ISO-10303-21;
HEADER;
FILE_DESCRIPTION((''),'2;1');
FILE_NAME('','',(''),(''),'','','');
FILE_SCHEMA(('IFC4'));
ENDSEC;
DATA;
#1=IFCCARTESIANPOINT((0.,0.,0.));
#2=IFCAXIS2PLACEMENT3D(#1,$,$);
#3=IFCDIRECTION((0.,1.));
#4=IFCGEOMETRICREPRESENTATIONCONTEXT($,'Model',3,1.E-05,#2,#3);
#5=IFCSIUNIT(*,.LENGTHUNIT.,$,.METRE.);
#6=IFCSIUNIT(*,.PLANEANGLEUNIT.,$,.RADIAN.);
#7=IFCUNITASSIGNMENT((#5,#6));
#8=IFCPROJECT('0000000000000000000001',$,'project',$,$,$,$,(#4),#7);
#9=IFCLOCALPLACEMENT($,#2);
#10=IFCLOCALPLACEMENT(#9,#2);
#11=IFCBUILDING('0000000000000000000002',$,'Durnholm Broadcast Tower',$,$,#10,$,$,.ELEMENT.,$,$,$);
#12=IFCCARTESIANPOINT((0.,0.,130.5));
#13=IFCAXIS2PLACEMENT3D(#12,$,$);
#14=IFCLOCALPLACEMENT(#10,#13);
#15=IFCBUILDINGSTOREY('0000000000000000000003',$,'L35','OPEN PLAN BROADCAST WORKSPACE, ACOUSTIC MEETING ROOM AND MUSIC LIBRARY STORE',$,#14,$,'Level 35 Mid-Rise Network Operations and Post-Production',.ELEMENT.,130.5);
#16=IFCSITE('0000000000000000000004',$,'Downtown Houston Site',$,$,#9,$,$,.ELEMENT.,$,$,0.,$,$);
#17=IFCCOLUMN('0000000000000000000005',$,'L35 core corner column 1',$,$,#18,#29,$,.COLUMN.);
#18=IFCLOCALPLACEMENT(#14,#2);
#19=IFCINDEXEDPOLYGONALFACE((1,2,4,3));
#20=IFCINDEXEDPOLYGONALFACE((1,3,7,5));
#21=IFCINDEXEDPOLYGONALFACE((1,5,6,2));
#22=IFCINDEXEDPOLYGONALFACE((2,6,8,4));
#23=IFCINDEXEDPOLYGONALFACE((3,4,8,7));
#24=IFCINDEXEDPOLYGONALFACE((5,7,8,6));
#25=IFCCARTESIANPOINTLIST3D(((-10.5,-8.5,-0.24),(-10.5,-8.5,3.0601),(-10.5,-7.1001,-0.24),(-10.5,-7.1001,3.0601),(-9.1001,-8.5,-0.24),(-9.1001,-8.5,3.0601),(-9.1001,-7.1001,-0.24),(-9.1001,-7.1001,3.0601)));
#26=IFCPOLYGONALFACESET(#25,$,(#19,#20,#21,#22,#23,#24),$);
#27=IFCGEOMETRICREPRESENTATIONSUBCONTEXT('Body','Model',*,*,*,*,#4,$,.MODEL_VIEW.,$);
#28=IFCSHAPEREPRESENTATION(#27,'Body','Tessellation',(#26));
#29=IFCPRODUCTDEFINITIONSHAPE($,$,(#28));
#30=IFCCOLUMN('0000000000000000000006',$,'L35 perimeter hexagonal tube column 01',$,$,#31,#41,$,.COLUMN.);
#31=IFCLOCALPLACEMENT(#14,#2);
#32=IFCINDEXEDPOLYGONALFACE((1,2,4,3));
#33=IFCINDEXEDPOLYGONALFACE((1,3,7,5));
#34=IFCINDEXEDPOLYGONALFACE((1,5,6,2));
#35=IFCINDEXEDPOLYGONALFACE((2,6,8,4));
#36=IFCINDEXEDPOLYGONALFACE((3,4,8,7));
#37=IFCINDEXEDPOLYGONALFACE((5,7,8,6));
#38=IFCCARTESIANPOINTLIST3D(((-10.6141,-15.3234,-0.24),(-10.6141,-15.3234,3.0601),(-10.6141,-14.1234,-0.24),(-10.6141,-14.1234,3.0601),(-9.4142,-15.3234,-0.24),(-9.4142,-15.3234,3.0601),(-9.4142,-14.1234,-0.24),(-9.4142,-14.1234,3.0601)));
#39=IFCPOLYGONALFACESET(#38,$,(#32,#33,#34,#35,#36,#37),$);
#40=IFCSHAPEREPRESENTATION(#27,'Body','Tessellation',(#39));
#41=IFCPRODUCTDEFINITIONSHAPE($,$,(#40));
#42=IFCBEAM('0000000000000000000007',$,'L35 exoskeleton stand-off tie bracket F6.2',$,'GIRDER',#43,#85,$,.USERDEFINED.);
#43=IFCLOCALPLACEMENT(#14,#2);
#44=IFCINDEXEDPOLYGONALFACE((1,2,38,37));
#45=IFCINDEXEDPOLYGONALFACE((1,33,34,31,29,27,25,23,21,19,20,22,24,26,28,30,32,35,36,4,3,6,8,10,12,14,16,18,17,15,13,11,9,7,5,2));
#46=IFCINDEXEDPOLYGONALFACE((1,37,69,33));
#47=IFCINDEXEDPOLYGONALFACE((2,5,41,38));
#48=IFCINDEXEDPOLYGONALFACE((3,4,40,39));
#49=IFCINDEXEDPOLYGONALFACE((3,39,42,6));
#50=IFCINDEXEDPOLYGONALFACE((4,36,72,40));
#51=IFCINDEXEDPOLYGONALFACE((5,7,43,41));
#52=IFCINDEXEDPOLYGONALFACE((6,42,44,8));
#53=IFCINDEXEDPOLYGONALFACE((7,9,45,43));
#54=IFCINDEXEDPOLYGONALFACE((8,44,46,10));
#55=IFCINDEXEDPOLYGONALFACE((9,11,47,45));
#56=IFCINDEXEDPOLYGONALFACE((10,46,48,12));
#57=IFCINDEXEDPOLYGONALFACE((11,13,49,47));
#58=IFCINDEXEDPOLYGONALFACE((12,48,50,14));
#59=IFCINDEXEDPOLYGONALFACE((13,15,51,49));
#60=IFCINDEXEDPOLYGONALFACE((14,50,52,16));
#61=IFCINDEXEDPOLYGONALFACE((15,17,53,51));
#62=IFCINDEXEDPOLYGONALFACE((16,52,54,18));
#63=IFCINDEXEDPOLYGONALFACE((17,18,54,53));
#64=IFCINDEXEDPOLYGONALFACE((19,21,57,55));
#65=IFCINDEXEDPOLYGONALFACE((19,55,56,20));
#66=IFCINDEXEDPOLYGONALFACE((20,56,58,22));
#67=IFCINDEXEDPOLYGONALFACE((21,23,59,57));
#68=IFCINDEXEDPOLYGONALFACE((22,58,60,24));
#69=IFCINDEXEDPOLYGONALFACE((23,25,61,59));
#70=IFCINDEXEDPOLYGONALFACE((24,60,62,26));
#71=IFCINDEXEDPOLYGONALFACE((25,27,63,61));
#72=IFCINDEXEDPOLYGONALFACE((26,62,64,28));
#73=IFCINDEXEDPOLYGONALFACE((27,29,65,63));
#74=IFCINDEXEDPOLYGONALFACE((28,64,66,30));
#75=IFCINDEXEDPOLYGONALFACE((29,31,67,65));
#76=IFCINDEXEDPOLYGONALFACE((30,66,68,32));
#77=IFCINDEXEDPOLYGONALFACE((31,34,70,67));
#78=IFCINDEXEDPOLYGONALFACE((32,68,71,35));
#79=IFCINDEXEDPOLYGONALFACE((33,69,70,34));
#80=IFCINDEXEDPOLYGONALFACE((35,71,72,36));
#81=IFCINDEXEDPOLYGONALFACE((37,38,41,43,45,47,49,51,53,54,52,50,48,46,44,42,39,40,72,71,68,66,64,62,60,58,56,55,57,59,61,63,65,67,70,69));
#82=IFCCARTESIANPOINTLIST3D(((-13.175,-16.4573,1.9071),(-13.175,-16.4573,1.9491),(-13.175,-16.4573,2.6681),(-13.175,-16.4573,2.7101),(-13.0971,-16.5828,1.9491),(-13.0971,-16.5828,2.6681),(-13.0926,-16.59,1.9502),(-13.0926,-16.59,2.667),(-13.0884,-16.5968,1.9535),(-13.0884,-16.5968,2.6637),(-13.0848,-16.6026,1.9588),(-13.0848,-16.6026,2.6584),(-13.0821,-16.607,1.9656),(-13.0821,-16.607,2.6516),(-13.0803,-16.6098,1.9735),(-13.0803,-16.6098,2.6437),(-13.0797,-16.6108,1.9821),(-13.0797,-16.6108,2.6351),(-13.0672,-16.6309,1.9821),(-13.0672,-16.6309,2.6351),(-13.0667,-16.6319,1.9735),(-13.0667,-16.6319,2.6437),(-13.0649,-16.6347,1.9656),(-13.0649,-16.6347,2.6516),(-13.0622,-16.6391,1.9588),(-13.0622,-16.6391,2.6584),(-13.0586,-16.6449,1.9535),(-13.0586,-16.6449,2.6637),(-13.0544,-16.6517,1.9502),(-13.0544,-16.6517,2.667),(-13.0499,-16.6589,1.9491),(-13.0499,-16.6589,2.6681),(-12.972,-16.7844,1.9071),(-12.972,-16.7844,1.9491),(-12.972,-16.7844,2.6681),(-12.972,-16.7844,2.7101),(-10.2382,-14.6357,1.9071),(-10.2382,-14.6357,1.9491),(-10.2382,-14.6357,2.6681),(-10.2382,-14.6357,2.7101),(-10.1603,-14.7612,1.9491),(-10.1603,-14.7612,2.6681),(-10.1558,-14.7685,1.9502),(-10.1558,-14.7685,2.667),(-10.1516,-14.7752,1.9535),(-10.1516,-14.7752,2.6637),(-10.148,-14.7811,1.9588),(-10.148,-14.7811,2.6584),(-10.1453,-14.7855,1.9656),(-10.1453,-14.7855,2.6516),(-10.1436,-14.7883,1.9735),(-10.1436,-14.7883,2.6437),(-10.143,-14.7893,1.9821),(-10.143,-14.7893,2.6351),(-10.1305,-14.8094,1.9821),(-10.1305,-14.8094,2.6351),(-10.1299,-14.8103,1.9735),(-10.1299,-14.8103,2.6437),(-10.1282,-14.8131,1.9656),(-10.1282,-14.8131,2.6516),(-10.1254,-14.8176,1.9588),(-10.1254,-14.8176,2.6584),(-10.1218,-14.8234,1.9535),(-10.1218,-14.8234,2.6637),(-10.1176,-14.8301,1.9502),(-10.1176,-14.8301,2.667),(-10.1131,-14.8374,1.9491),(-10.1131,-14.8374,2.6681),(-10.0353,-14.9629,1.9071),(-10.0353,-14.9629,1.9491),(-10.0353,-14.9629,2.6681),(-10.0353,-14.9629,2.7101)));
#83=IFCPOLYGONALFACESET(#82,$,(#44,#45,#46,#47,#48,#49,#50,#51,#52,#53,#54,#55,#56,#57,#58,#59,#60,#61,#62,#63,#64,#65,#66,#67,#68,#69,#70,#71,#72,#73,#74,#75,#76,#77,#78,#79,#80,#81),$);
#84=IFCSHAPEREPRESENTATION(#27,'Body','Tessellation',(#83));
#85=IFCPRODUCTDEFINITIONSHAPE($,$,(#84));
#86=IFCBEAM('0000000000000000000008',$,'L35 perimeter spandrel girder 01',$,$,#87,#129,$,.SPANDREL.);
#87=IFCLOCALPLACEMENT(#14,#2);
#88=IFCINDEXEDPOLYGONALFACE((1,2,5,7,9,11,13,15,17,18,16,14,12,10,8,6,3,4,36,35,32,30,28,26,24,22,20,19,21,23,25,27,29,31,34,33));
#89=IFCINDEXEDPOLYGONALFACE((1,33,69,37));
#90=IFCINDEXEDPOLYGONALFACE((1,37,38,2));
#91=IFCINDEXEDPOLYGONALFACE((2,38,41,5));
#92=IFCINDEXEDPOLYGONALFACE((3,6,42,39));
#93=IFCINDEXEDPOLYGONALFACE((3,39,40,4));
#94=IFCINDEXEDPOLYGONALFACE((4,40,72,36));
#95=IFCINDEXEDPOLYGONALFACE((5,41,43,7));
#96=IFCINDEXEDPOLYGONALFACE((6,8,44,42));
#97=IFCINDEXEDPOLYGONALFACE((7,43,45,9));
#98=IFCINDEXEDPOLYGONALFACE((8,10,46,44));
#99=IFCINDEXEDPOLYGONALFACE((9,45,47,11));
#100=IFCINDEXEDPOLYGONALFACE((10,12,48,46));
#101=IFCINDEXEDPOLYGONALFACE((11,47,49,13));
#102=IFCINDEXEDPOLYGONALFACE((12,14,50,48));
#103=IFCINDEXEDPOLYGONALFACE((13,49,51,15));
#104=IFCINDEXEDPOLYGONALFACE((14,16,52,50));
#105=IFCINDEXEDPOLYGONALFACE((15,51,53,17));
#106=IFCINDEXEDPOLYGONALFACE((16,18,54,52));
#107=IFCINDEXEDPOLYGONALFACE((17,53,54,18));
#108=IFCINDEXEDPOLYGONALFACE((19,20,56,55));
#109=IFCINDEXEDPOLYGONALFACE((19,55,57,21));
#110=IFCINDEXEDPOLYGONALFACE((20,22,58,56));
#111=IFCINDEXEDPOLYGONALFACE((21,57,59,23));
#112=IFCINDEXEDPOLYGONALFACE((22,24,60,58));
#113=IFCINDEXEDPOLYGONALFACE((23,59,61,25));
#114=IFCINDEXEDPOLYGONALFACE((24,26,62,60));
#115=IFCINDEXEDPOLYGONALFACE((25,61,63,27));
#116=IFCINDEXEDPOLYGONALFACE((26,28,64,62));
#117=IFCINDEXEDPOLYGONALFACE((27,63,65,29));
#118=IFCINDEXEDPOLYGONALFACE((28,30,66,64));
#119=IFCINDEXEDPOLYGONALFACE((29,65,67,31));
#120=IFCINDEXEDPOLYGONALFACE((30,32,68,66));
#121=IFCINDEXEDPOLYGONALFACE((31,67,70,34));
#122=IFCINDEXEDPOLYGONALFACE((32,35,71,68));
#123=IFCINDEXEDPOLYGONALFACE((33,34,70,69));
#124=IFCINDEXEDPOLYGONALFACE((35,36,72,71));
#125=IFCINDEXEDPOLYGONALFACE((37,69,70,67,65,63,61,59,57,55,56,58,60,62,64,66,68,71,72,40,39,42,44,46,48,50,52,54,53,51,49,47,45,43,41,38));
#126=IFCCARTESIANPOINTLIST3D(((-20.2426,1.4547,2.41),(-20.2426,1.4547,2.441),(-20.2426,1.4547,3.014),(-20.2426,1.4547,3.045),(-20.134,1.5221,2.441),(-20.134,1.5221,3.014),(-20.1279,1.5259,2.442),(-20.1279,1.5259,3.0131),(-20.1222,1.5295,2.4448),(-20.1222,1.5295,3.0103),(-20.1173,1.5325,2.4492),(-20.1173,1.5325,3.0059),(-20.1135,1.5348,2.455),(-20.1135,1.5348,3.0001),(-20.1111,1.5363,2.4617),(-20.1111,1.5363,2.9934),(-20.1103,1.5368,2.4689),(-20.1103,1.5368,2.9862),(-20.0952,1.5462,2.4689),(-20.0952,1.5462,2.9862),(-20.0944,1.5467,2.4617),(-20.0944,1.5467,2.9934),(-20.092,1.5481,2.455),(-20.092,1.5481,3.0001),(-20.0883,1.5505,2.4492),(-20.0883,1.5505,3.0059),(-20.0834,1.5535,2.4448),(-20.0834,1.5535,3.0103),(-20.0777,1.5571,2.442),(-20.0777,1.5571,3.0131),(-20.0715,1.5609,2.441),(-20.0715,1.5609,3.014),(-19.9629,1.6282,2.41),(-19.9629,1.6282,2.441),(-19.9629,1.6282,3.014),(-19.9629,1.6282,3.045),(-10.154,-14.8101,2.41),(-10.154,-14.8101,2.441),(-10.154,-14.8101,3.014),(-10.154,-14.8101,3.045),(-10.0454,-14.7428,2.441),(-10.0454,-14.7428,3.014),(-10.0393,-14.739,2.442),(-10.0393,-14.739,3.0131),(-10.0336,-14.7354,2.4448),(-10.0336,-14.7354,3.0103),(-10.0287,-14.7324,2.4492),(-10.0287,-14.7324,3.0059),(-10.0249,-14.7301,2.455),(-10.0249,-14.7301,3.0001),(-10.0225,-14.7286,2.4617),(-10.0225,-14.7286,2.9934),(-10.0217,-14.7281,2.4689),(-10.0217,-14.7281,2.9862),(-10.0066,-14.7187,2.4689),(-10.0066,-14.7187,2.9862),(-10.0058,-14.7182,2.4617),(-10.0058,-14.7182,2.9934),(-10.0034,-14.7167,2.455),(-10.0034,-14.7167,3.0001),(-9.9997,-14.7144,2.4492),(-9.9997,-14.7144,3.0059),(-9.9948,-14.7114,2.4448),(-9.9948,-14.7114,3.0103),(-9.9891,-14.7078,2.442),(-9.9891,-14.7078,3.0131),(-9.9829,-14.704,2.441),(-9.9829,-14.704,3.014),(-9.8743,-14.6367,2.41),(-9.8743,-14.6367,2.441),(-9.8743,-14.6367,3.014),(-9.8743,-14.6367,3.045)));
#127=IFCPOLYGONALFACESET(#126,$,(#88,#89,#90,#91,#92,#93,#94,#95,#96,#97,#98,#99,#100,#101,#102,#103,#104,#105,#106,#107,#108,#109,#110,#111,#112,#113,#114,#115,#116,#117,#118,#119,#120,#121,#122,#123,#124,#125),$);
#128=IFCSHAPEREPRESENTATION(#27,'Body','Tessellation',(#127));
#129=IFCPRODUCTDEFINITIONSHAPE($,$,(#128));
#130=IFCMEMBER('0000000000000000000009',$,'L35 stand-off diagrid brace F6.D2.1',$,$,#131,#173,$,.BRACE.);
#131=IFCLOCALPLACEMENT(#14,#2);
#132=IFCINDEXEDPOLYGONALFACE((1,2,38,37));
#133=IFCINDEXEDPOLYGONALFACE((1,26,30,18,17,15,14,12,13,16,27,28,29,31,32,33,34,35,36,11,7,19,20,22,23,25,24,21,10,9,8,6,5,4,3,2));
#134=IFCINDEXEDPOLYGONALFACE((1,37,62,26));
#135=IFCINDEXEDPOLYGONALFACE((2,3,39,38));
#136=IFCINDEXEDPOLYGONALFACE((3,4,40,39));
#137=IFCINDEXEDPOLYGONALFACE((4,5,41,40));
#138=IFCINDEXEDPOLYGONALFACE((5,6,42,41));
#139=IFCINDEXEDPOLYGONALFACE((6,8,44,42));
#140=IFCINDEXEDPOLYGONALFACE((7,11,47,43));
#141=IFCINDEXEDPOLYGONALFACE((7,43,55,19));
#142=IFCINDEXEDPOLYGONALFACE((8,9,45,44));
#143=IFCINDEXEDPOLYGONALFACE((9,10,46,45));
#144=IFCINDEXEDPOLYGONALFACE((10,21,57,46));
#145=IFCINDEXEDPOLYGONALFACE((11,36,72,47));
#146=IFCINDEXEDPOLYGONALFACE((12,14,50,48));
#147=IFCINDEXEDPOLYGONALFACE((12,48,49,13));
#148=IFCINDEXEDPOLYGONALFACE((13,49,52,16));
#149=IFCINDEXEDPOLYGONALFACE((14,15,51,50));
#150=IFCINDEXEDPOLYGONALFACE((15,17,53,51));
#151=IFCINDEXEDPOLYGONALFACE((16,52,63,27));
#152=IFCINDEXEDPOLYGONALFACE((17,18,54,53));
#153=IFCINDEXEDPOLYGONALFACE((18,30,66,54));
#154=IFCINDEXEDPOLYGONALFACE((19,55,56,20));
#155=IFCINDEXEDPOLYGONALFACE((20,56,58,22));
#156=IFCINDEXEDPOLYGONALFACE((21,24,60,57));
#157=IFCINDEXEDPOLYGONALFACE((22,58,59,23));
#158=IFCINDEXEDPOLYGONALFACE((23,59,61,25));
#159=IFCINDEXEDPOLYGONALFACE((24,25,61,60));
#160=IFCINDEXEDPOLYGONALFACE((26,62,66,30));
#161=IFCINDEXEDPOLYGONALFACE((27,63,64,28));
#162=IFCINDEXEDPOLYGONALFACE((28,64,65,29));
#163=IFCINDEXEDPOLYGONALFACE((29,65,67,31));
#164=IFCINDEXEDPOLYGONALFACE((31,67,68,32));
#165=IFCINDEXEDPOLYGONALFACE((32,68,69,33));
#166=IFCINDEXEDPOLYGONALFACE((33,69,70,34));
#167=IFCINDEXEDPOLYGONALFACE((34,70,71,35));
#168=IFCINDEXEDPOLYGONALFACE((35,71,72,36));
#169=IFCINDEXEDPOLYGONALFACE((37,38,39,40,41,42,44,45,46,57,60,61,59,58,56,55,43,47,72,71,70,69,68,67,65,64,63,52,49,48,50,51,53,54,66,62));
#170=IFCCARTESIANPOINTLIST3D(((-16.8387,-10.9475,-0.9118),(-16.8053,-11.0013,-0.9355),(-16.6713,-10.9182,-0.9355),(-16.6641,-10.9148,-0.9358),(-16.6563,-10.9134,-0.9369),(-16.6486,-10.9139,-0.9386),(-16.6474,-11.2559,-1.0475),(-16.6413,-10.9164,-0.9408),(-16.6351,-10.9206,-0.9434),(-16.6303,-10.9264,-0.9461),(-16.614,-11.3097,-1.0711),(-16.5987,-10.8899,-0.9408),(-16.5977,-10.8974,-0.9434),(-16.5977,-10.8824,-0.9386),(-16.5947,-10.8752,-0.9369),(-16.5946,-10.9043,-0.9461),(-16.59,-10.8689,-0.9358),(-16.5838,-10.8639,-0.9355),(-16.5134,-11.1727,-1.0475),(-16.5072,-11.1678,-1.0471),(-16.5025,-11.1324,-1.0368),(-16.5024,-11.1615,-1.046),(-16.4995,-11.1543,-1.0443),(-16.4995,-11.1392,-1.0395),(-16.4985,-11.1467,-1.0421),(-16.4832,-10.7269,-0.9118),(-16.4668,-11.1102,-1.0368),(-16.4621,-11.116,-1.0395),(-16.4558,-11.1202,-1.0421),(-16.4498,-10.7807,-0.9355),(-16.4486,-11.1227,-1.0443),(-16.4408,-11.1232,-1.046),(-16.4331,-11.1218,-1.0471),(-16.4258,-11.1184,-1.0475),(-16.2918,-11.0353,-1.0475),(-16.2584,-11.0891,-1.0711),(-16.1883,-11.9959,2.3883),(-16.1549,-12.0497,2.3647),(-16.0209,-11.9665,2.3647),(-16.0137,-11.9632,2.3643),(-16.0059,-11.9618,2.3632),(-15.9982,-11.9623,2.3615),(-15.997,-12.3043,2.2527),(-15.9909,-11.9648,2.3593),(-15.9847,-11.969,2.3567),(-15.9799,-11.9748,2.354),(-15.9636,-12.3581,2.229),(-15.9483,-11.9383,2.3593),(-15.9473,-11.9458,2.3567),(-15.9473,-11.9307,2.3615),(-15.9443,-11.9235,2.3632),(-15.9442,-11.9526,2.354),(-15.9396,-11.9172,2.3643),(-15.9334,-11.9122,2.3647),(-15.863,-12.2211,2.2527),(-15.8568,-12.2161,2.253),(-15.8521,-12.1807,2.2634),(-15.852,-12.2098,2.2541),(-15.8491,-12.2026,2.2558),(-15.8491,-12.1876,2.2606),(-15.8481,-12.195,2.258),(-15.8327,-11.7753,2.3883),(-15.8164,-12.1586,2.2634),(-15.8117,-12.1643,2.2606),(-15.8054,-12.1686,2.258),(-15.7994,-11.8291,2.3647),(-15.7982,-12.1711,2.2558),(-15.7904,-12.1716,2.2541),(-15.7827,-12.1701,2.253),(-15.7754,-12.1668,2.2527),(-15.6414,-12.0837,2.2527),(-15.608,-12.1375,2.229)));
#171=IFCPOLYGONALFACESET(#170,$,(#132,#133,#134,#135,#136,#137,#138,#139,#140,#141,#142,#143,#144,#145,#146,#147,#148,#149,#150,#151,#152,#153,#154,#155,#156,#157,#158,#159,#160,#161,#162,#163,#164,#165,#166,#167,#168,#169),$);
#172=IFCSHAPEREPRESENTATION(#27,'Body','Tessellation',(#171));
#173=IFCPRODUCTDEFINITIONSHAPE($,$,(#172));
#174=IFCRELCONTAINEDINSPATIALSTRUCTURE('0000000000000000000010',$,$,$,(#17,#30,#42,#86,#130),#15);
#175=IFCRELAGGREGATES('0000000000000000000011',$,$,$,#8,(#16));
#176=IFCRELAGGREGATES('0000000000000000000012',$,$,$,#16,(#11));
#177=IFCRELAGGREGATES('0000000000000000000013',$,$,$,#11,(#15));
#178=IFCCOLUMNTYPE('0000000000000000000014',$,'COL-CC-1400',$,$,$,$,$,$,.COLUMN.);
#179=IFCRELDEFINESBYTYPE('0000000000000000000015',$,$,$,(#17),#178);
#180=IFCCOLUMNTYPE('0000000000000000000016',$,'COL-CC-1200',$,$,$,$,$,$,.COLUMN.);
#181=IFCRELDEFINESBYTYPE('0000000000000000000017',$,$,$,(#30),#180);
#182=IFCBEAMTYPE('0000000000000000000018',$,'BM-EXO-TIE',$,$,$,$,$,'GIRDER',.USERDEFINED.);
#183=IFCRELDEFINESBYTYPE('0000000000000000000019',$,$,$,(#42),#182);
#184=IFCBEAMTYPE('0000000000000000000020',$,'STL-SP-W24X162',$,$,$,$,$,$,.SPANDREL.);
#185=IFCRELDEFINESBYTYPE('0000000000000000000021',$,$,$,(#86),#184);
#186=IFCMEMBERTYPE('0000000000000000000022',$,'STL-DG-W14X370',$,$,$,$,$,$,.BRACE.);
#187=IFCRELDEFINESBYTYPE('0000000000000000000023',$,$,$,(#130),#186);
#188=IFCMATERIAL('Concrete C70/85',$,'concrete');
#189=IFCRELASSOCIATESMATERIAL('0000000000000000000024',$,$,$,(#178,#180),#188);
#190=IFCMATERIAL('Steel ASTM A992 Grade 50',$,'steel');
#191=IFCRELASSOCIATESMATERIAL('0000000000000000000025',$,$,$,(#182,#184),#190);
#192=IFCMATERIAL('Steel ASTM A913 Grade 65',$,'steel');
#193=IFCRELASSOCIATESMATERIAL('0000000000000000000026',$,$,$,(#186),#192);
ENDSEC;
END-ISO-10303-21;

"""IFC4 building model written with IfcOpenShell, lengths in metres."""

from ifc_helpers import new_model, si_unit, direction, frame, origin, origin_2d, place, context, subcontext, project, spatial, rectangle, i_section, extrude, source, transform, mapped, material, material_profile, profile_set, type_object, type_shapes, element, save


model = new_model("IFC4")

# Units and contexts
model_context = context("Model", 3, precision=1e-05, world=origin(), true_north=direction((0.0, 1.0)))
body_context = subcontext(model_context, "Body", "Model", "MODEL_VIEW")
ifc_project = project(units=[si_unit("LENGTHUNIT", "METRE"), si_unit("PLANEANGLEUNIT", "RADIAN")], contexts=[model_context])

# Site, building, storey
site_placement = place(None, origin())
site = spatial("IfcSite", under=ifc_project, at=site_placement, Name="Downtown Houston Site", CompositionType="ELEMENT", RefElevation=0.0)
building_placement = place(site_placement, origin())
building = spatial("IfcBuilding", under=site, at=building_placement, Name="Durnholm Broadcast Tower", CompositionType="ELEMENT")
storey_placement = place(building_placement, frame((0.0, 0.0, 130.5)))
storey = spatial("IfcBuildingStorey", under=building, at=storey_placement, Name="L35", Description="OPEN PLAN BROADCAST WORKSPACE, ACOUSTIC MEETING ROOM AND MUSIC LIBRARY STORE", LongName="Level 35 Mid-Rise Network Operations and Post-Production", CompositionType="ELEMENT", Elevation=130.5)

# Columns
ifc_material_1 = material(Name="Concrete C70/85", Category="concrete")
ifc_material_profile_1 = material_profile(ifc_material_1, rectangle(XDim=1.3999, YDim=1.3999, at=origin_2d()), Name="RC1400X1400")
ifc_profile_set_1 = profile_set([ifc_material_profile_1], Name="Concrete C70/85")
column_type_1 = type_object("IfcColumnType", Name="COL-CC-1400", PredefinedType="COLUMN", material=ifc_profile_set_1)
shared_shape_1 = source(origin(), body_context, "Body", "SweptSolid", [
    extrude(rectangle(XDim=1.3999, YDim=1.3999, at=origin_2d()), origin(), (0.0, 0.0, 1.0), 3.3),
])
type_shapes(column_type_1, [shared_shape_1])
column_1_placement = place(storey_placement, frame((-9.8, -7.8, -0.24), z_axis=(0.0, 0.0, 1.0), x_axis=(1.0, 0.0, 0.0)))
element("IfcColumn", 1, at=column_1_placement, inside=storey, type_object=column_type_1, Name="L35 core corner column 1", PredefinedType="COLUMN", context=body_context, shape_type="MappedRepresentation", body=[
    mapped(shared_shape_1, transform((0.0, 0.0, 0.0), x_axis=(1.0, 0.0, 0.0), y_axis=(0.0, 1.0, 0.0), z_axis=(0.0, 0.0, 1.0), scale=1.0)),
])
ifc_material_profile_2 = material_profile(ifc_material_1, rectangle(XDim=1.2, YDim=1.2, at=origin_2d()), Name="RC1200X1200")
ifc_profile_set_2 = profile_set([ifc_material_profile_2], Name="Concrete C70/85")
column_type_2 = type_object("IfcColumnType", Name="COL-CC-1200", PredefinedType="COLUMN", material=ifc_profile_set_2)
shared_shape_2 = source(origin(), body_context, "Body", "SweptSolid", [
    extrude(rectangle(XDim=1.2, YDim=1.2, at=origin_2d()), origin(), (0.0, 0.0, 1.0), 3.3),
])
type_shapes(column_type_2, [shared_shape_2])
column_2_placement = place(storey_placement, frame((-10.0142, -14.7234, -0.24), z_axis=(0.0, 0.0, 1.0), x_axis=(1.0, 0.0, 0.0)))
element("IfcColumn", 2, at=column_2_placement, inside=storey, type_object=column_type_2, Name="L35 perimeter hexagonal tube column 01", PredefinedType="COLUMN", context=body_context, shape_type="MappedRepresentation", body=[
    mapped(shared_shape_2, transform((0.0, 0.0, 0.0), x_axis=(1.0, 0.0, 0.0), y_axis=(0.0, 1.0, 0.0), z_axis=(0.0, 0.0, 1.0), scale=1.0)),
])

# Beams
ifc_material_2 = material(Name="Steel ASTM A992 Grade 50", Category="steel")
ifc_material_profile_3 = material_profile(ifc_material_2, i_section(OverallWidth=0.385, OverallDepth=0.803, WebThickness=0.0237, FlangeThickness=0.042, FilletRadius=0.033, at=origin_2d()), Name="W30X261")
ifc_profile_set_3 = profile_set([ifc_material_profile_3], Name="Steel ASTM A992 Grade 50")
beam_type_1 = type_object("IfcBeamType", Name="BM-EXO-TIE", ElementType="GIRDER", PredefinedType="USERDEFINED", material=ifc_profile_set_3)
shared_shape_3 = source(origin(), body_context, "Body", "SweptSolid", [
    extrude(i_section(OverallWidth=0.385, OverallDepth=0.803, WebThickness=0.0237, FlangeThickness=0.042, FilletRadius=0.033, at=origin_2d()), origin(), (0.0, 0.0, 1.0), 3.4558),
])
type_shapes(beam_type_1, [shared_shape_3])
beam_1_placement = place(storey_placement, frame((-10.1367, -14.7993, 2.3086), z_axis=(-0.849807, -0.527094, 0.0), x_axis=(0.527094, -0.849807, 0.0)))
element("IfcBeam", 3, at=beam_1_placement, inside=storey, type_object=beam_type_1, Name="L35 exoskeleton stand-off tie bracket F6.2", ObjectType="GIRDER", PredefinedType="USERDEFINED", context=body_context, shape_type="MappedRepresentation", body=[
    mapped(shared_shape_3, transform((0.0, 0.0, 0.0), x_axis=(1.0, 0.0, 0.0), y_axis=(0.0, 1.0, 0.0), z_axis=(0.0, 0.0, 1.0), scale=1.0)),
])
ifc_material_profile_4 = material_profile(ifc_material_2, i_section(OverallWidth=0.3291, OverallDepth=0.635, WebThickness=0.0178, FlangeThickness=0.031, FilletRadius=0.0278, at=origin_2d()), Name="W24X162")
ifc_profile_set_4 = profile_set([ifc_material_profile_4], Name="Steel ASTM A992 Grade 50")
beam_type_2 = type_object("IfcBeamType", Name="STL-SP-W24X162", PredefinedType="SPANDREL", material=ifc_profile_set_4)
shared_shape_4 = source(origin(), body_context, "Body", "SweptSolid", [
    extrude(i_section(OverallWidth=0.3291, OverallDepth=0.635, WebThickness=0.0178, FlangeThickness=0.031, FilletRadius=0.0278, at=origin_2d()), origin(), (0.0, 0.0, 1.0), 19.1396),
])
type_shapes(beam_type_2, [shared_shape_4])
beam_2_placement = place(storey_placement, frame((-10.0142, -14.7234, 2.7275), z_axis=(-0.527105, 0.8498, 0.0), x_axis=(-0.8498, -0.527105, 0.0)))
element("IfcBeam", 4, at=beam_2_placement, inside=storey, type_object=beam_type_2, Name="L35 perimeter spandrel girder 01", PredefinedType="SPANDREL", context=body_context, shape_type="MappedRepresentation", body=[
    mapped(shared_shape_4, transform((0.0, 0.0, 0.0), x_axis=(1.0, 0.0, 0.0), y_axis=(0.0, 1.0, 0.0), z_axis=(0.0, 0.0, 1.0), scale=1.0)),
])

# Member
ifc_material_3 = material(Name="Steel ASTM A913 Grade 65", Category="steel")
ifc_material_profile_5 = material_profile(ifc_material_3, i_section(OverallWidth=0.4185, OverallDepth=0.4551, WebThickness=0.042, FlangeThickness=0.0676, FilletRadius=0.0305, at=origin_2d()), Name="W14X370")
ifc_profile_set_5 = profile_set([ifc_material_profile_5], Name="Steel ASTM A913 Grade 65")
member_type_1 = type_object("IfcMemberType", Name="STL-DG-W14X370", PredefinedType="BRACE", material=ifc_profile_set_5)
shared_shape_5 = source(origin(), body_context, "Body", "SweptSolid", [
    extrude(i_section(OverallWidth=0.4185, OverallDepth=0.4551, WebThickness=0.042, FlangeThickness=0.0676, FilletRadius=0.0305, at=origin_2d()), origin(), (0.0, 0.0, 1.0), 3.5232),
])
type_shapes(member_type_1, [shared_shape_5])
for number, where, z_axis, x_axis, name in (
    (5, (-16.5486, -11.0183, -0.9915), (0.184607, -0.29756, 0.936685), (0.84975, 0.527186, 0.0), "L35 stand-off diagrid brace F6.D2.1"),
):
    element("IfcMember", number, at=place(storey_placement, frame(where, z_axis=z_axis, x_axis=x_axis)), inside=storey, type_object=member_type_1, Name=name, PredefinedType="BRACE", context=body_context, shape_type="MappedRepresentation", body=[
        mapped(shared_shape_5, transform((0.0, 0.0, 0.0), x_axis=(1.0, 0.0, 0.0), y_axis=(0.0, 1.0, 0.0), z_axis=(0.0, 0.0, 1.0), scale=1.0)),
    ])

save(model, "model.ifc")
